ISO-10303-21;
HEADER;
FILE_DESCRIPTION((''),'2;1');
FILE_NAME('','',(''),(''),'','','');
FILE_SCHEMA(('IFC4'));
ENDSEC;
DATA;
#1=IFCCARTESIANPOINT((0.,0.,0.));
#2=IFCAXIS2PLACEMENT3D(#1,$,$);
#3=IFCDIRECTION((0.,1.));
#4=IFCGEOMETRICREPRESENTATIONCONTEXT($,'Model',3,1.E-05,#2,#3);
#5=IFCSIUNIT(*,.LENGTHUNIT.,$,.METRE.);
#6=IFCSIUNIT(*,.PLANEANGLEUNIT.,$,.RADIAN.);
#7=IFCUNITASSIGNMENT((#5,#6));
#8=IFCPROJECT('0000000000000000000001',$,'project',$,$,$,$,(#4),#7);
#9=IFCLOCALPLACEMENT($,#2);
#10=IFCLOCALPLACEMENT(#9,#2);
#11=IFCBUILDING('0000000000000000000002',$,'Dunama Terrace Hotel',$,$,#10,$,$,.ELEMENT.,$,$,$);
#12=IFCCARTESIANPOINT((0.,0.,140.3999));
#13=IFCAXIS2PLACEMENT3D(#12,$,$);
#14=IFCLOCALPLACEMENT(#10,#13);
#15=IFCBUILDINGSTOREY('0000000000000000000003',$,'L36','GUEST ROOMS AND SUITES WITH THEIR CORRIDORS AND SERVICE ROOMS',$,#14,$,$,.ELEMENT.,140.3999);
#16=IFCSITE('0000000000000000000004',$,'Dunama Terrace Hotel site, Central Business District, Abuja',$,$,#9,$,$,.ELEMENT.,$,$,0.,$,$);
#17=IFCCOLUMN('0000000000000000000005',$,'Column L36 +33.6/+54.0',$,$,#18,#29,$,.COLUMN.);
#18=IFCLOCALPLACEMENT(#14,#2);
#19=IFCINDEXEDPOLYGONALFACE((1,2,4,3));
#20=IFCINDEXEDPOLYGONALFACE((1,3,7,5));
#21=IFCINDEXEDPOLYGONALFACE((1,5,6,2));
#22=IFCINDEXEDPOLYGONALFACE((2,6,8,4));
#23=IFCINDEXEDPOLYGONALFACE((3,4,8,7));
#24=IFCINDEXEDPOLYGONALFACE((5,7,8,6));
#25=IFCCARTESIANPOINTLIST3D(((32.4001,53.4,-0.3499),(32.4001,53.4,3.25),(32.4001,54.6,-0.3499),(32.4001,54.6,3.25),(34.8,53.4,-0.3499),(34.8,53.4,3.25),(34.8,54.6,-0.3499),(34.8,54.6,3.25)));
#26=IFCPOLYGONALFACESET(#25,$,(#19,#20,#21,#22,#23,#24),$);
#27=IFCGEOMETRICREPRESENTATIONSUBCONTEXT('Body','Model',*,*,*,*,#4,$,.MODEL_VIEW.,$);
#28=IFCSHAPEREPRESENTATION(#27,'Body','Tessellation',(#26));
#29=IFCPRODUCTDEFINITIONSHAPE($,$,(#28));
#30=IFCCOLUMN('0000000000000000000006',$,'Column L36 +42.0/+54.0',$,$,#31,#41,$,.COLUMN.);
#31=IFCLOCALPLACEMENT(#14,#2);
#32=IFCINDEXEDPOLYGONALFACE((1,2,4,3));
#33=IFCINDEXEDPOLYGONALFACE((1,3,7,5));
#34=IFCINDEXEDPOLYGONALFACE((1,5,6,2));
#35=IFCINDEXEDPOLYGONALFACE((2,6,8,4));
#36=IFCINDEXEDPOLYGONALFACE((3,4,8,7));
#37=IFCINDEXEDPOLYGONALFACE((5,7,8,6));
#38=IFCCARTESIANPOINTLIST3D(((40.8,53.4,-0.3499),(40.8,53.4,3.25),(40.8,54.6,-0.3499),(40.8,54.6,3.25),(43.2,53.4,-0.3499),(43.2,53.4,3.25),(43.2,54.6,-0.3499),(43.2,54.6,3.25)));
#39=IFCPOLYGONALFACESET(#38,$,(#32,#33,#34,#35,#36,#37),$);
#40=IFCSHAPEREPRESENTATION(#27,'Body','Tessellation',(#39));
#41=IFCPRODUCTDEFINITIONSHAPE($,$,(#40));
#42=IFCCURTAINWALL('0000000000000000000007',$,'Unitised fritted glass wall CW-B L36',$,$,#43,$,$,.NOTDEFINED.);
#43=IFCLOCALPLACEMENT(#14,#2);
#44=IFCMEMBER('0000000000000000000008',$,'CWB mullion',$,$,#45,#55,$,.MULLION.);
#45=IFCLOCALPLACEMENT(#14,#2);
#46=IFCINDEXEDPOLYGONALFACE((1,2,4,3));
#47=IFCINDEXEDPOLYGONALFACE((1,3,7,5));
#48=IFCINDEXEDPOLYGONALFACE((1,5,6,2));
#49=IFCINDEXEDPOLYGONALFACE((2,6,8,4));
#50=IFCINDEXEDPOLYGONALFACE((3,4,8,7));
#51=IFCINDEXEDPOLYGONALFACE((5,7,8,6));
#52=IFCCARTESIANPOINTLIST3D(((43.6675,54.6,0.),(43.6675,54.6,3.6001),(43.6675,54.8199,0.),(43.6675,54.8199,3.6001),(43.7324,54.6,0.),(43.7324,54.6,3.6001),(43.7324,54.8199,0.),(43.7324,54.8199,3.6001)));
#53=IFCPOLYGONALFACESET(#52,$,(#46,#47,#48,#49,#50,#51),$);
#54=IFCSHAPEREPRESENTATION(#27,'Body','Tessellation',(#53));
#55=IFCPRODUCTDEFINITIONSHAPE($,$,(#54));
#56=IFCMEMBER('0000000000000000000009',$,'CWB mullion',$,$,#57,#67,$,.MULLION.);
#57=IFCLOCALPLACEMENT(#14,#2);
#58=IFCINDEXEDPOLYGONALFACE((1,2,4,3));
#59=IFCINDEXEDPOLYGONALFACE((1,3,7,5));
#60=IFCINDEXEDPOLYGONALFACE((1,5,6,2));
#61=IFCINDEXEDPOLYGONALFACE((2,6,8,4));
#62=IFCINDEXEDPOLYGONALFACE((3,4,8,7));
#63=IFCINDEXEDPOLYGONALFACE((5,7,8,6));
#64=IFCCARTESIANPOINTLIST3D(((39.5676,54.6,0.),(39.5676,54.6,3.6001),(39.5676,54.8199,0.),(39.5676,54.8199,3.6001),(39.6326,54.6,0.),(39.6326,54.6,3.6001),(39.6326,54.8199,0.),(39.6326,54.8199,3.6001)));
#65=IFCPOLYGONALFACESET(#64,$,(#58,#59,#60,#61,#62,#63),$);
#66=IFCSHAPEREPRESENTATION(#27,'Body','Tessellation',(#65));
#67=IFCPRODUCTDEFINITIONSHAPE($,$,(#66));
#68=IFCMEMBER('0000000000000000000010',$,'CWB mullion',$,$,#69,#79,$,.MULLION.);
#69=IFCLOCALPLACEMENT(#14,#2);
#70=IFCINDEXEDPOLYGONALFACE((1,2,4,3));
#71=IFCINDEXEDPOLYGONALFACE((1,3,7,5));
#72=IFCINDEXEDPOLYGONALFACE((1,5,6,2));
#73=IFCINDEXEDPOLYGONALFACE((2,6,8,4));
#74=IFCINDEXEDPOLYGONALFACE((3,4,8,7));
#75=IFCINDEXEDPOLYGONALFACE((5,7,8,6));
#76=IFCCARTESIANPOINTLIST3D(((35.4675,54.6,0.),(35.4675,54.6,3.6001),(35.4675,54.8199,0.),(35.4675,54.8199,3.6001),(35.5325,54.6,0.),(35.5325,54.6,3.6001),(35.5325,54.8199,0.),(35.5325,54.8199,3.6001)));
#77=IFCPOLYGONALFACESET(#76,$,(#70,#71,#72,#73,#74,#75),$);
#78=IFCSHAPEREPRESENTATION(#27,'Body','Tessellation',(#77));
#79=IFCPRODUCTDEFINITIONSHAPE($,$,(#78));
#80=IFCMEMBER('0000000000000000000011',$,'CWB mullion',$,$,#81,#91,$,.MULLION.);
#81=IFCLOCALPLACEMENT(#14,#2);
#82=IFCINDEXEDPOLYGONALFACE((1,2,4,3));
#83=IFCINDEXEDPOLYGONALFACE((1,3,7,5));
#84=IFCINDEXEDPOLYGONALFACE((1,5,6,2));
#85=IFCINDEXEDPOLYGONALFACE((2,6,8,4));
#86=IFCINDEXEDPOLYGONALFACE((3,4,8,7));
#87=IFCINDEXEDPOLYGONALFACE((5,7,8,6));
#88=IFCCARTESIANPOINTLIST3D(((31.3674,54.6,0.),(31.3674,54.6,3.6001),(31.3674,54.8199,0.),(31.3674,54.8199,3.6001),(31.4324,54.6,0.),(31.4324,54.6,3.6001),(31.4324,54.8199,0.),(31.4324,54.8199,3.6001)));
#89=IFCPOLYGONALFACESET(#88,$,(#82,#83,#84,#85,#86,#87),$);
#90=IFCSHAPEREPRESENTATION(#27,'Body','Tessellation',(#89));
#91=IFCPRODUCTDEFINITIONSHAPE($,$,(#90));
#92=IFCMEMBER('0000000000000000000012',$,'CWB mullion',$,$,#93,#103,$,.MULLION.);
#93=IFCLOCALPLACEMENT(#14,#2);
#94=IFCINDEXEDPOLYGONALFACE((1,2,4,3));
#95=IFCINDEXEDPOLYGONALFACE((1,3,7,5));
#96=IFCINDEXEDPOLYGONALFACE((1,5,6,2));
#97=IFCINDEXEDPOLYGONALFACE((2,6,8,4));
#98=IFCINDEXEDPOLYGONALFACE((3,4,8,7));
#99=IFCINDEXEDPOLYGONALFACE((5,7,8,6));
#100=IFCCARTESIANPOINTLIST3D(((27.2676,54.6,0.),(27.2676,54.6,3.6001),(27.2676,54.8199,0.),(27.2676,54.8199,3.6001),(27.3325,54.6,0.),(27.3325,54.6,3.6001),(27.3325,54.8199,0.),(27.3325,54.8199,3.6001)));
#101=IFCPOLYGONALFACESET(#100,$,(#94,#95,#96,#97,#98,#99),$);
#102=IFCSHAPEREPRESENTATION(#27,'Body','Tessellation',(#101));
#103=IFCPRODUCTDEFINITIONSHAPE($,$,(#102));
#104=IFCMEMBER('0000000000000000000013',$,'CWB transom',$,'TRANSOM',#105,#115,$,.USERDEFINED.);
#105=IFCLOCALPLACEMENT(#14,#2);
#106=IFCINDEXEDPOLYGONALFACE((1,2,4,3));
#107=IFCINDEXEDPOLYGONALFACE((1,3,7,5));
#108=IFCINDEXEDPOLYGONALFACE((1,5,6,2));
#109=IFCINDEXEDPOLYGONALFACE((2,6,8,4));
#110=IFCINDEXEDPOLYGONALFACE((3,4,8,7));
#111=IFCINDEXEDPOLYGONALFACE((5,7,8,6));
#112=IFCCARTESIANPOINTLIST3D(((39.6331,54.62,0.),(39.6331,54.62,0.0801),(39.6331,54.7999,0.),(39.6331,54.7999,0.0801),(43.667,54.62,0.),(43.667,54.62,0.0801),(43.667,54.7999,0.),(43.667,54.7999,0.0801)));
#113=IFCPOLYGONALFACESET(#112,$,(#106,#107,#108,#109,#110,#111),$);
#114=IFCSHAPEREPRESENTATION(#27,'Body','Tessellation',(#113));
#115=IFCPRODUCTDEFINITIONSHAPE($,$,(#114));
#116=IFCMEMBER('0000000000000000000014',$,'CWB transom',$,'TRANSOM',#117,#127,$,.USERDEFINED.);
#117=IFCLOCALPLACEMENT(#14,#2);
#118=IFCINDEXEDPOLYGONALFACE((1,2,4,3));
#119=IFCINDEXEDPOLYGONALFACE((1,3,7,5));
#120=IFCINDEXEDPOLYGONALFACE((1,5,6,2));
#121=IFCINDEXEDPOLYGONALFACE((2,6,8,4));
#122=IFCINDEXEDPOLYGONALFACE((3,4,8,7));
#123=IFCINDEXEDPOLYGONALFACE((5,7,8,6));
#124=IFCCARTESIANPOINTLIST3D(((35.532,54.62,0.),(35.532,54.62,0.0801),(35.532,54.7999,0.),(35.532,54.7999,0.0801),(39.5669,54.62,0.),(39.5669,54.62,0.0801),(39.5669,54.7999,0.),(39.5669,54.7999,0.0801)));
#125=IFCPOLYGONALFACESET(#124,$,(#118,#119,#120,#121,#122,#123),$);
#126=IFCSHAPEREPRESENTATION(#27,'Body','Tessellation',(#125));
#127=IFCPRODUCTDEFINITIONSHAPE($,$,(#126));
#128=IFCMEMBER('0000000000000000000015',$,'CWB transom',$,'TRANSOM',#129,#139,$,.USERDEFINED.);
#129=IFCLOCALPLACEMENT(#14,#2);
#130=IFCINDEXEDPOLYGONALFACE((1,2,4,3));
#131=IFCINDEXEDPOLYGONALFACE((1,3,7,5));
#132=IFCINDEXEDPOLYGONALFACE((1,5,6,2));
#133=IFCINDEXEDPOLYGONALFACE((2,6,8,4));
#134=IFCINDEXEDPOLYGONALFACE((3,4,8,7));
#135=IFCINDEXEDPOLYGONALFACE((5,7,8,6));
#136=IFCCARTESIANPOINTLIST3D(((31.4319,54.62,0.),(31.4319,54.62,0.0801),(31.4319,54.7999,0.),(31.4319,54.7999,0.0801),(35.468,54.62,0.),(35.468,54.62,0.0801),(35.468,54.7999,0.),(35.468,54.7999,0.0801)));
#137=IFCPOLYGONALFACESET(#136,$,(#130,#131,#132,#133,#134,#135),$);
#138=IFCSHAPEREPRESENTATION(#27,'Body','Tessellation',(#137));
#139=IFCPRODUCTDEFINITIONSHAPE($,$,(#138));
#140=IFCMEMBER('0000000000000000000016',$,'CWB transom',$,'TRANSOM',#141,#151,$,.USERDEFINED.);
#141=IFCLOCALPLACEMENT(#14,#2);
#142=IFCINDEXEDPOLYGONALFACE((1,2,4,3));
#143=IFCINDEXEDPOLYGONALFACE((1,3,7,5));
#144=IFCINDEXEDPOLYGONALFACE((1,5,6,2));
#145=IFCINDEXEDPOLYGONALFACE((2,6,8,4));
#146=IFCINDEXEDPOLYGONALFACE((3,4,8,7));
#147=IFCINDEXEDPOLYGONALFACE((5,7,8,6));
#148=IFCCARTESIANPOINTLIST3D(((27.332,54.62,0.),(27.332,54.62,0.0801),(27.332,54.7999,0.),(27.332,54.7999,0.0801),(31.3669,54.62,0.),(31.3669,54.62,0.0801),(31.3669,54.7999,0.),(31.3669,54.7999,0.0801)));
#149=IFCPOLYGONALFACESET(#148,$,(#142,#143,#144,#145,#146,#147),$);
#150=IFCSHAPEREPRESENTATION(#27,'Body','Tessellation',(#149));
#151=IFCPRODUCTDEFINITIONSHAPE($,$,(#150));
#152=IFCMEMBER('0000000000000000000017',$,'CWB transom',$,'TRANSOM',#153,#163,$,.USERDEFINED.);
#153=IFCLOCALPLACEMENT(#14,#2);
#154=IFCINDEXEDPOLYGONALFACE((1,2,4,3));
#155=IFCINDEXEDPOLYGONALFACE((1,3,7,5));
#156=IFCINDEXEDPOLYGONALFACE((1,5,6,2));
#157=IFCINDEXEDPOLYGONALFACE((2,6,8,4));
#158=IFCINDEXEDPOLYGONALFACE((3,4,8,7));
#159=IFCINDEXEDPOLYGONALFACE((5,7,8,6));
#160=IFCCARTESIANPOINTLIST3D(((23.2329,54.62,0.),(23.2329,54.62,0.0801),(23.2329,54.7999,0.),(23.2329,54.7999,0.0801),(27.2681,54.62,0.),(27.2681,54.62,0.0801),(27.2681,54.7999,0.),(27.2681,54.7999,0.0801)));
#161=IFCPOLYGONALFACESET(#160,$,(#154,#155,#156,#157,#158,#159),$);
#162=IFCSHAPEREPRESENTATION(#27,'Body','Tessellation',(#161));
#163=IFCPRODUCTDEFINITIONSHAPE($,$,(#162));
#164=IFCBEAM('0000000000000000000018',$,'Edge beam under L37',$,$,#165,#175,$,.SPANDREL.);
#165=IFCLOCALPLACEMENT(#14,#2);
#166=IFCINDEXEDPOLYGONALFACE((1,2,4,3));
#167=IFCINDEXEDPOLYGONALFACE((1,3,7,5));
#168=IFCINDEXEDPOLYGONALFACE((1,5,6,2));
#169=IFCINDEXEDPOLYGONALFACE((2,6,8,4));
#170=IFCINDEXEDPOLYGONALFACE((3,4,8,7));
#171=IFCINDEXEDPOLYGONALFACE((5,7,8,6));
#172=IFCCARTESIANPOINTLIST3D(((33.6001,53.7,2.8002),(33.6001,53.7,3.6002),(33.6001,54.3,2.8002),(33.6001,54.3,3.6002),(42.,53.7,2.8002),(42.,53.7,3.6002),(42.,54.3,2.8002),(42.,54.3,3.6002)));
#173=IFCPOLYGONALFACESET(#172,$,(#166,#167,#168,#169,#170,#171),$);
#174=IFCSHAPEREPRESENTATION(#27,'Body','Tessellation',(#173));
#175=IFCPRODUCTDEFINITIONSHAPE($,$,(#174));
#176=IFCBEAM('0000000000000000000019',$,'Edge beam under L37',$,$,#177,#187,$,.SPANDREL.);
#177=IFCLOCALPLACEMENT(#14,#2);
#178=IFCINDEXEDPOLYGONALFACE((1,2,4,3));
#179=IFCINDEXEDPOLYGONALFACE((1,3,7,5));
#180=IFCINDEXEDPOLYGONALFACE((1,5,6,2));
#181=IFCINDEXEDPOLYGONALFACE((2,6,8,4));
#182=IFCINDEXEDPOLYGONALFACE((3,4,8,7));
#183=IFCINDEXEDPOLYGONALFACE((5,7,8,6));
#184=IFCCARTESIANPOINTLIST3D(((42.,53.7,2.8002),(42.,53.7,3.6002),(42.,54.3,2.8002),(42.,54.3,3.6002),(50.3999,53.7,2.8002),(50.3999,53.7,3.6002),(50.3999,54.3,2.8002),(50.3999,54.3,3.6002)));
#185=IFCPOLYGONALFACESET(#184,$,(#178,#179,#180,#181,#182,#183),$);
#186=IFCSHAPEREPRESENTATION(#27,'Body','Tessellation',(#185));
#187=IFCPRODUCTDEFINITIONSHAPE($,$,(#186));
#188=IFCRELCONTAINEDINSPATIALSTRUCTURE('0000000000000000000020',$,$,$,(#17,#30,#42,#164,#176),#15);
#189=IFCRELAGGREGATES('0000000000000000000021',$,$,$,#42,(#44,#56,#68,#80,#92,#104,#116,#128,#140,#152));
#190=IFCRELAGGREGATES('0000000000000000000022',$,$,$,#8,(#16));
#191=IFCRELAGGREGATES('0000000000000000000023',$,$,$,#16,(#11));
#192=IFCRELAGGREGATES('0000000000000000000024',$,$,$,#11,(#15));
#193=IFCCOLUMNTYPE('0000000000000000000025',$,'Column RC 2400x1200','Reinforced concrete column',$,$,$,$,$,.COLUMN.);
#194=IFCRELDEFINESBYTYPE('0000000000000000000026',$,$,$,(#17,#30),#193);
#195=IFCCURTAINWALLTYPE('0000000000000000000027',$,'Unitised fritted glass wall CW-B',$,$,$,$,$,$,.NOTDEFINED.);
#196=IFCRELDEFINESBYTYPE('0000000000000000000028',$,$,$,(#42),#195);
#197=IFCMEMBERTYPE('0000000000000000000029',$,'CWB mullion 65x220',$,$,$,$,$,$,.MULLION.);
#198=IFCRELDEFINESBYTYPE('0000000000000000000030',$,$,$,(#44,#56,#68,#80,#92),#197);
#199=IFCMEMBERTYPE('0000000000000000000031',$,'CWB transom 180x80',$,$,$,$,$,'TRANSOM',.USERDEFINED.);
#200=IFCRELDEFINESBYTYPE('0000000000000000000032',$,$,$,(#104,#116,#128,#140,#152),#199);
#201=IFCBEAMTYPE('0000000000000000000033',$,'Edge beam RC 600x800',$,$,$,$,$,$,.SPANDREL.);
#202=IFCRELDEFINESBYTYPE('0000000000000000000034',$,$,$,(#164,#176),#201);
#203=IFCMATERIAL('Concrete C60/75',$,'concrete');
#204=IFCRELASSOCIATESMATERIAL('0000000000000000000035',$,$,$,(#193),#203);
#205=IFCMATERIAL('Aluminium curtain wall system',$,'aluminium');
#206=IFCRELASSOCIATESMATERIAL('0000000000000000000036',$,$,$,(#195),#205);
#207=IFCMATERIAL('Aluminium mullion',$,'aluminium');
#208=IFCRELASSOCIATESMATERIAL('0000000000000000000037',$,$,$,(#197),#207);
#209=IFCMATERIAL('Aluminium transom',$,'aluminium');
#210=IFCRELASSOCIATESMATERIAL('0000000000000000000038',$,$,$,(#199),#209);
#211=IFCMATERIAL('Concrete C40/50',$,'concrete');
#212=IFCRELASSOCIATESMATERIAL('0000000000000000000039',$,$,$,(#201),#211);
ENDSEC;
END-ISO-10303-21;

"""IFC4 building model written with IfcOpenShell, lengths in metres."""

from ifc_helpers import new_model, si_unit, direction, frame, origin, origin_2d, place, context, subcontext, project, spatial, rectangle, extrude, material, material_profile, profile_set, type_object, element, aggregate, save


model = new_model("IFC4")

# Units and contexts
model_context = context("Model", 3, precision=1e-05, world=origin(), true_north=direction((0.0, 1.0)))
body_context = subcontext(model_context, "Body", "Model", "MODEL_VIEW")
ifc_project = project(units=[si_unit("LENGTHUNIT", "METRE"), si_unit("PLANEANGLEUNIT", "RADIAN")], contexts=[model_context])

# Site, building, storey
site_placement = place(None, origin())
site = spatial("IfcSite", under=ifc_project, at=site_placement, Name="Dunama Terrace Hotel site, Central Business District, Abuja", CompositionType="ELEMENT", RefElevation=0.0)
building_placement = place(site_placement, origin())
building = spatial("IfcBuilding", under=site, at=building_placement, Name="Dunama Terrace Hotel", CompositionType="ELEMENT")
storey_placement = place(building_placement, frame((0.0, 0.0, 140.3999)))
storey = spatial("IfcBuildingStorey", under=building, at=storey_placement, Name="L36", Description="GUEST ROOMS AND SUITES WITH THEIR CORRIDORS AND SERVICE ROOMS", CompositionType="ELEMENT", Elevation=140.3999)

# Columns
ifc_material_1 = material(Name="Concrete C60/75", Category="concrete")
ifc_material_profile_1 = material_profile(ifc_material_1, rectangle(XDim=2.3999, YDim=1.2, at=origin_2d()), Name="RC 2400x1200")
ifc_profile_set_1 = profile_set([ifc_material_profile_1], Name="Concrete C60/75")
column_type = type_object("IfcColumnType", Name="Column RC 2400x1200", Description="Reinforced concrete column", PredefinedType="COLUMN", material=ifc_profile_set_1)
for number, where, z_axis, x_axis, name in (
    (1, (33.6001, 54.0, -0.3499), (0.0, 0.0, 1.0), (1.0, 0.0, 0.0), "Column L36 +33.6/+54.0"),
    (2, (42.0, 54.0, -0.3499), (0.0, 0.0, 1.0), (1.0, 0.0, 0.0), "Column L36 +42.0/+54.0"),
):
    element("IfcColumn", number, at=place(storey_placement, frame(where, z_axis=z_axis, x_axis=x_axis)), inside=storey, type_object=column_type, Name=name, PredefinedType="COLUMN", context=body_context, shape_type="SweptSolid", body=[
        extrude(rectangle(XDim=2.3999, YDim=1.2, at=origin_2d()), origin(), (0.0, 0.0, 1.0), 3.5999),
    ])

# Curtain wall, members
ifc_material_2 = material(Name="Aluminium curtain wall system", Category="aluminium")
curtain_wall_type = type_object("IfcCurtainWallType", Name="Unitised fritted glass wall CW-B", PredefinedType="NOTDEFINED", material=ifc_material_2)
curtain_wall_placement = place(storey_placement, origin())
curtain_wall = element("IfcCurtainWall", 3, at=curtain_wall_placement, inside=storey, type_object=curtain_wall_type, Name="Unitised fritted glass wall CW-B L36", PredefinedType="NOTDEFINED")
ifc_material_3 = material(Name="Aluminium mullion", Category="aluminium")
ifc_material_profile_2 = material_profile(ifc_material_3, rectangle(XDim=0.0649, YDim=0.22, at=origin_2d()), Name="CWB MULLION 65X220")
ifc_profile_set_2 = profile_set([ifc_material_profile_2], Name="Aluminium mullion")
member_type_1 = type_object("IfcMemberType", Name="CWB mullion 65x220", PredefinedType="MULLION", material=ifc_profile_set_2)
member_1_placement = place(storey_placement, frame((43.7, 54.71, 0.0), z_axis=(0.0, 0.0, 1.0), x_axis=(-1.0, 0.0, 0.0)))
member_1 = element("IfcMember", 4, at=member_1_placement, type_object=member_type_1, Name="CWB mullion", PredefinedType="MULLION", context=body_context, shape_type="SweptSolid", body=[
    extrude(rectangle(XDim=0.0649, YDim=0.22, at=origin_2d()), origin(), (0.0, 0.0, 1.0), 3.6001),
])
member_2_placement = place(storey_placement, frame((39.6001, 54.71, 0.0), z_axis=(0.0, 0.0, 1.0), x_axis=(-1.0, 0.0, 0.0)))
member_2 = element("IfcMember", 5, at=member_2_placement, type_object=member_type_1, Name="CWB mullion", PredefinedType="MULLION", context=body_context, shape_type="SweptSolid", body=[
    extrude(rectangle(XDim=0.0649, YDim=0.22, at=origin_2d()), origin(), (0.0, 0.0, 1.0), 3.6001),
])
member_3_placement = place(storey_placement, frame((35.5, 54.71, 0.0), z_axis=(0.0, 0.0, 1.0), x_axis=(-1.0, 0.0, 0.0)))
member_3 = element("IfcMember", 6, at=member_3_placement, type_object=member_type_1, Name="CWB mullion", PredefinedType="MULLION", context=body_context, shape_type="SweptSolid", body=[
    extrude(rectangle(XDim=0.0649, YDim=0.22, at=origin_2d()), origin(), (0.0, 0.0, 1.0), 3.6001),
])
member_4_placement = place(storey_placement, frame((31.3999, 54.71, 0.0), z_axis=(0.0, 0.0, 1.0), x_axis=(-1.0, 0.0, 0.0)))
member_4 = element("IfcMember", 7, at=member_4_placement, type_object=member_type_1, Name="CWB mullion", PredefinedType="MULLION", context=body_context, shape_type="SweptSolid", body=[
    extrude(rectangle(XDim=0.0649, YDim=0.22, at=origin_2d()), origin(), (0.0, 0.0, 1.0), 3.6001),
])
member_5_placement = place(storey_placement, frame((27.3, 54.71, 0.0), z_axis=(0.0, 0.0, 1.0), x_axis=(-1.0, 0.0, 0.0)))
member_5 = element("IfcMember", 8, at=member_5_placement, type_object=member_type_1, Name="CWB mullion", PredefinedType="MULLION", context=body_context, shape_type="SweptSolid", body=[
    extrude(rectangle(XDim=0.0649, YDim=0.22, at=origin_2d()), origin(), (0.0, 0.0, 1.0), 3.6001),
])
ifc_material_4 = material(Name="Aluminium transom", Category="aluminium")
ifc_material_profile_3 = material_profile(ifc_material_4, rectangle(XDim=0.1799, YDim=0.0801, at=origin_2d()), Name="CWB TRANSOM 180X80")
ifc_profile_set_3 = profile_set([ifc_material_profile_3], Name="Aluminium transom")
member_type_2 = type_object("IfcMemberType", Name="CWB transom 180x80", ElementType="TRANSOM", PredefinedType="USERDEFINED", material=ifc_profile_set_3)
member_6_placement = place(storey_placement, frame((43.667, 54.71, 0.04), z_axis=(-1.0, 0.0, 0.0), x_axis=(0.0, -1.0, 0.0)))
member_6 = element("IfcMember", 9, at=member_6_placement, type_object=member_type_2, Name="CWB transom", ObjectType="TRANSOM", PredefinedType="USERDEFINED", context=body_context, shape_type="SweptSolid", body=[
    extrude(rectangle(XDim=0.1799, YDim=0.0801, at=origin_2d()), origin(), (0.0, 0.0, 1.0), 4.0339),
])
member_7_placement = place(storey_placement, frame((39.5669, 54.71, 0.04), z_axis=(-1.0, 0.0, 0.0), x_axis=(0.0, -1.0, 0.0)))
member_7 = element("IfcMember", 10, at=member_7_placement, type_object=member_type_2, Name="CWB transom", ObjectType="TRANSOM", PredefinedType="USERDEFINED", context=body_context, shape_type="SweptSolid", body=[
    extrude(rectangle(XDim=0.1799, YDim=0.0801, at=origin_2d()), origin(), (0.0, 0.0, 1.0), 4.0349),
])
member_8_placement = place(storey_placement, frame((35.468, 54.71, 0.04), z_axis=(-1.0, 0.0, 0.0), x_axis=(0.0, -1.0, 0.0)))
member_8 = element("IfcMember", 11, at=member_8_placement, type_object=member_type_2, Name="CWB transom", ObjectType="TRANSOM", PredefinedType="USERDEFINED", context=body_context, shape_type="SweptSolid", body=[
    extrude(rectangle(XDim=0.1799, YDim=0.0801, at=origin_2d()), origin(), (0.0, 0.0, 1.0), 4.0361),
])
member_9_placement = place(storey_placement, frame((31.3669, 54.71, 0.04), z_axis=(-1.0, 0.0, 0.0), x_axis=(0.0, -1.0, 0.0)))
member_9 = element("IfcMember", 12, at=member_9_placement, type_object=member_type_2, Name="CWB transom", ObjectType="TRANSOM", PredefinedType="USERDEFINED", context=body_context, shape_type="SweptSolid", body=[
    extrude(rectangle(XDim=0.1799, YDim=0.0801, at=origin_2d()), origin(), (0.0, 0.0, 1.0), 4.0349),
])
member_10_placement = place(storey_placement, frame((27.2681, 54.71, 0.04), z_axis=(-1.0, 0.0, 0.0), x_axis=(0.0, -1.0, 0.0)))
member_10 = element("IfcMember", 13, at=member_10_placement, type_object=member_type_2, Name="CWB transom", ObjectType="TRANSOM", PredefinedType="USERDEFINED", context=body_context, shape_type="SweptSolid", body=[
    extrude(rectangle(XDim=0.1799, YDim=0.0801, at=origin_2d()), origin(), (0.0, 0.0, 1.0), 4.0352),
])

# Beams
ifc_material_5 = material(Name="Concrete C40/50", Category="concrete")
ifc_material_profile_4 = material_profile(ifc_material_5, rectangle(XDim=0.6001, YDim=0.8, at=origin_2d()), Name="RC 600x800")
ifc_profile_set_4 = profile_set([ifc_material_profile_4], Name="Concrete C40/50")
beam_type = type_object("IfcBeamType", Name="Edge beam RC 600x800", PredefinedType="SPANDREL", material=ifc_profile_set_4)
for number, where, z_axis, x_axis, name in (
    (14, (33.6001, 54.0, 3.2002), (1.0, 0.0, 0.0), (0.0, 1.0, 0.0), "Edge beam under L37"),
    (15, (42.0, 54.0, 3.2002), (1.0, 0.0, 0.0), (0.0, 1.0, 0.0), "Edge beam under L37"),
):
    element("IfcBeam", number, at=place(storey_placement, frame(where, z_axis=z_axis, x_axis=x_axis)), inside=storey, type_object=beam_type, Name=name, PredefinedType="SPANDREL", context=body_context, shape_type="SweptSolid", body=[
        extrude(rectangle(XDim=0.6001, YDim=0.8, at=origin_2d()), origin(), (0.0, 0.0, 1.0), 8.3999),
    ])

aggregate(curtain_wall, [member_1, member_2, member_3, member_4, member_5, member_6, member_7, member_8, member_9, member_10])

save(model, "model.ifc")
